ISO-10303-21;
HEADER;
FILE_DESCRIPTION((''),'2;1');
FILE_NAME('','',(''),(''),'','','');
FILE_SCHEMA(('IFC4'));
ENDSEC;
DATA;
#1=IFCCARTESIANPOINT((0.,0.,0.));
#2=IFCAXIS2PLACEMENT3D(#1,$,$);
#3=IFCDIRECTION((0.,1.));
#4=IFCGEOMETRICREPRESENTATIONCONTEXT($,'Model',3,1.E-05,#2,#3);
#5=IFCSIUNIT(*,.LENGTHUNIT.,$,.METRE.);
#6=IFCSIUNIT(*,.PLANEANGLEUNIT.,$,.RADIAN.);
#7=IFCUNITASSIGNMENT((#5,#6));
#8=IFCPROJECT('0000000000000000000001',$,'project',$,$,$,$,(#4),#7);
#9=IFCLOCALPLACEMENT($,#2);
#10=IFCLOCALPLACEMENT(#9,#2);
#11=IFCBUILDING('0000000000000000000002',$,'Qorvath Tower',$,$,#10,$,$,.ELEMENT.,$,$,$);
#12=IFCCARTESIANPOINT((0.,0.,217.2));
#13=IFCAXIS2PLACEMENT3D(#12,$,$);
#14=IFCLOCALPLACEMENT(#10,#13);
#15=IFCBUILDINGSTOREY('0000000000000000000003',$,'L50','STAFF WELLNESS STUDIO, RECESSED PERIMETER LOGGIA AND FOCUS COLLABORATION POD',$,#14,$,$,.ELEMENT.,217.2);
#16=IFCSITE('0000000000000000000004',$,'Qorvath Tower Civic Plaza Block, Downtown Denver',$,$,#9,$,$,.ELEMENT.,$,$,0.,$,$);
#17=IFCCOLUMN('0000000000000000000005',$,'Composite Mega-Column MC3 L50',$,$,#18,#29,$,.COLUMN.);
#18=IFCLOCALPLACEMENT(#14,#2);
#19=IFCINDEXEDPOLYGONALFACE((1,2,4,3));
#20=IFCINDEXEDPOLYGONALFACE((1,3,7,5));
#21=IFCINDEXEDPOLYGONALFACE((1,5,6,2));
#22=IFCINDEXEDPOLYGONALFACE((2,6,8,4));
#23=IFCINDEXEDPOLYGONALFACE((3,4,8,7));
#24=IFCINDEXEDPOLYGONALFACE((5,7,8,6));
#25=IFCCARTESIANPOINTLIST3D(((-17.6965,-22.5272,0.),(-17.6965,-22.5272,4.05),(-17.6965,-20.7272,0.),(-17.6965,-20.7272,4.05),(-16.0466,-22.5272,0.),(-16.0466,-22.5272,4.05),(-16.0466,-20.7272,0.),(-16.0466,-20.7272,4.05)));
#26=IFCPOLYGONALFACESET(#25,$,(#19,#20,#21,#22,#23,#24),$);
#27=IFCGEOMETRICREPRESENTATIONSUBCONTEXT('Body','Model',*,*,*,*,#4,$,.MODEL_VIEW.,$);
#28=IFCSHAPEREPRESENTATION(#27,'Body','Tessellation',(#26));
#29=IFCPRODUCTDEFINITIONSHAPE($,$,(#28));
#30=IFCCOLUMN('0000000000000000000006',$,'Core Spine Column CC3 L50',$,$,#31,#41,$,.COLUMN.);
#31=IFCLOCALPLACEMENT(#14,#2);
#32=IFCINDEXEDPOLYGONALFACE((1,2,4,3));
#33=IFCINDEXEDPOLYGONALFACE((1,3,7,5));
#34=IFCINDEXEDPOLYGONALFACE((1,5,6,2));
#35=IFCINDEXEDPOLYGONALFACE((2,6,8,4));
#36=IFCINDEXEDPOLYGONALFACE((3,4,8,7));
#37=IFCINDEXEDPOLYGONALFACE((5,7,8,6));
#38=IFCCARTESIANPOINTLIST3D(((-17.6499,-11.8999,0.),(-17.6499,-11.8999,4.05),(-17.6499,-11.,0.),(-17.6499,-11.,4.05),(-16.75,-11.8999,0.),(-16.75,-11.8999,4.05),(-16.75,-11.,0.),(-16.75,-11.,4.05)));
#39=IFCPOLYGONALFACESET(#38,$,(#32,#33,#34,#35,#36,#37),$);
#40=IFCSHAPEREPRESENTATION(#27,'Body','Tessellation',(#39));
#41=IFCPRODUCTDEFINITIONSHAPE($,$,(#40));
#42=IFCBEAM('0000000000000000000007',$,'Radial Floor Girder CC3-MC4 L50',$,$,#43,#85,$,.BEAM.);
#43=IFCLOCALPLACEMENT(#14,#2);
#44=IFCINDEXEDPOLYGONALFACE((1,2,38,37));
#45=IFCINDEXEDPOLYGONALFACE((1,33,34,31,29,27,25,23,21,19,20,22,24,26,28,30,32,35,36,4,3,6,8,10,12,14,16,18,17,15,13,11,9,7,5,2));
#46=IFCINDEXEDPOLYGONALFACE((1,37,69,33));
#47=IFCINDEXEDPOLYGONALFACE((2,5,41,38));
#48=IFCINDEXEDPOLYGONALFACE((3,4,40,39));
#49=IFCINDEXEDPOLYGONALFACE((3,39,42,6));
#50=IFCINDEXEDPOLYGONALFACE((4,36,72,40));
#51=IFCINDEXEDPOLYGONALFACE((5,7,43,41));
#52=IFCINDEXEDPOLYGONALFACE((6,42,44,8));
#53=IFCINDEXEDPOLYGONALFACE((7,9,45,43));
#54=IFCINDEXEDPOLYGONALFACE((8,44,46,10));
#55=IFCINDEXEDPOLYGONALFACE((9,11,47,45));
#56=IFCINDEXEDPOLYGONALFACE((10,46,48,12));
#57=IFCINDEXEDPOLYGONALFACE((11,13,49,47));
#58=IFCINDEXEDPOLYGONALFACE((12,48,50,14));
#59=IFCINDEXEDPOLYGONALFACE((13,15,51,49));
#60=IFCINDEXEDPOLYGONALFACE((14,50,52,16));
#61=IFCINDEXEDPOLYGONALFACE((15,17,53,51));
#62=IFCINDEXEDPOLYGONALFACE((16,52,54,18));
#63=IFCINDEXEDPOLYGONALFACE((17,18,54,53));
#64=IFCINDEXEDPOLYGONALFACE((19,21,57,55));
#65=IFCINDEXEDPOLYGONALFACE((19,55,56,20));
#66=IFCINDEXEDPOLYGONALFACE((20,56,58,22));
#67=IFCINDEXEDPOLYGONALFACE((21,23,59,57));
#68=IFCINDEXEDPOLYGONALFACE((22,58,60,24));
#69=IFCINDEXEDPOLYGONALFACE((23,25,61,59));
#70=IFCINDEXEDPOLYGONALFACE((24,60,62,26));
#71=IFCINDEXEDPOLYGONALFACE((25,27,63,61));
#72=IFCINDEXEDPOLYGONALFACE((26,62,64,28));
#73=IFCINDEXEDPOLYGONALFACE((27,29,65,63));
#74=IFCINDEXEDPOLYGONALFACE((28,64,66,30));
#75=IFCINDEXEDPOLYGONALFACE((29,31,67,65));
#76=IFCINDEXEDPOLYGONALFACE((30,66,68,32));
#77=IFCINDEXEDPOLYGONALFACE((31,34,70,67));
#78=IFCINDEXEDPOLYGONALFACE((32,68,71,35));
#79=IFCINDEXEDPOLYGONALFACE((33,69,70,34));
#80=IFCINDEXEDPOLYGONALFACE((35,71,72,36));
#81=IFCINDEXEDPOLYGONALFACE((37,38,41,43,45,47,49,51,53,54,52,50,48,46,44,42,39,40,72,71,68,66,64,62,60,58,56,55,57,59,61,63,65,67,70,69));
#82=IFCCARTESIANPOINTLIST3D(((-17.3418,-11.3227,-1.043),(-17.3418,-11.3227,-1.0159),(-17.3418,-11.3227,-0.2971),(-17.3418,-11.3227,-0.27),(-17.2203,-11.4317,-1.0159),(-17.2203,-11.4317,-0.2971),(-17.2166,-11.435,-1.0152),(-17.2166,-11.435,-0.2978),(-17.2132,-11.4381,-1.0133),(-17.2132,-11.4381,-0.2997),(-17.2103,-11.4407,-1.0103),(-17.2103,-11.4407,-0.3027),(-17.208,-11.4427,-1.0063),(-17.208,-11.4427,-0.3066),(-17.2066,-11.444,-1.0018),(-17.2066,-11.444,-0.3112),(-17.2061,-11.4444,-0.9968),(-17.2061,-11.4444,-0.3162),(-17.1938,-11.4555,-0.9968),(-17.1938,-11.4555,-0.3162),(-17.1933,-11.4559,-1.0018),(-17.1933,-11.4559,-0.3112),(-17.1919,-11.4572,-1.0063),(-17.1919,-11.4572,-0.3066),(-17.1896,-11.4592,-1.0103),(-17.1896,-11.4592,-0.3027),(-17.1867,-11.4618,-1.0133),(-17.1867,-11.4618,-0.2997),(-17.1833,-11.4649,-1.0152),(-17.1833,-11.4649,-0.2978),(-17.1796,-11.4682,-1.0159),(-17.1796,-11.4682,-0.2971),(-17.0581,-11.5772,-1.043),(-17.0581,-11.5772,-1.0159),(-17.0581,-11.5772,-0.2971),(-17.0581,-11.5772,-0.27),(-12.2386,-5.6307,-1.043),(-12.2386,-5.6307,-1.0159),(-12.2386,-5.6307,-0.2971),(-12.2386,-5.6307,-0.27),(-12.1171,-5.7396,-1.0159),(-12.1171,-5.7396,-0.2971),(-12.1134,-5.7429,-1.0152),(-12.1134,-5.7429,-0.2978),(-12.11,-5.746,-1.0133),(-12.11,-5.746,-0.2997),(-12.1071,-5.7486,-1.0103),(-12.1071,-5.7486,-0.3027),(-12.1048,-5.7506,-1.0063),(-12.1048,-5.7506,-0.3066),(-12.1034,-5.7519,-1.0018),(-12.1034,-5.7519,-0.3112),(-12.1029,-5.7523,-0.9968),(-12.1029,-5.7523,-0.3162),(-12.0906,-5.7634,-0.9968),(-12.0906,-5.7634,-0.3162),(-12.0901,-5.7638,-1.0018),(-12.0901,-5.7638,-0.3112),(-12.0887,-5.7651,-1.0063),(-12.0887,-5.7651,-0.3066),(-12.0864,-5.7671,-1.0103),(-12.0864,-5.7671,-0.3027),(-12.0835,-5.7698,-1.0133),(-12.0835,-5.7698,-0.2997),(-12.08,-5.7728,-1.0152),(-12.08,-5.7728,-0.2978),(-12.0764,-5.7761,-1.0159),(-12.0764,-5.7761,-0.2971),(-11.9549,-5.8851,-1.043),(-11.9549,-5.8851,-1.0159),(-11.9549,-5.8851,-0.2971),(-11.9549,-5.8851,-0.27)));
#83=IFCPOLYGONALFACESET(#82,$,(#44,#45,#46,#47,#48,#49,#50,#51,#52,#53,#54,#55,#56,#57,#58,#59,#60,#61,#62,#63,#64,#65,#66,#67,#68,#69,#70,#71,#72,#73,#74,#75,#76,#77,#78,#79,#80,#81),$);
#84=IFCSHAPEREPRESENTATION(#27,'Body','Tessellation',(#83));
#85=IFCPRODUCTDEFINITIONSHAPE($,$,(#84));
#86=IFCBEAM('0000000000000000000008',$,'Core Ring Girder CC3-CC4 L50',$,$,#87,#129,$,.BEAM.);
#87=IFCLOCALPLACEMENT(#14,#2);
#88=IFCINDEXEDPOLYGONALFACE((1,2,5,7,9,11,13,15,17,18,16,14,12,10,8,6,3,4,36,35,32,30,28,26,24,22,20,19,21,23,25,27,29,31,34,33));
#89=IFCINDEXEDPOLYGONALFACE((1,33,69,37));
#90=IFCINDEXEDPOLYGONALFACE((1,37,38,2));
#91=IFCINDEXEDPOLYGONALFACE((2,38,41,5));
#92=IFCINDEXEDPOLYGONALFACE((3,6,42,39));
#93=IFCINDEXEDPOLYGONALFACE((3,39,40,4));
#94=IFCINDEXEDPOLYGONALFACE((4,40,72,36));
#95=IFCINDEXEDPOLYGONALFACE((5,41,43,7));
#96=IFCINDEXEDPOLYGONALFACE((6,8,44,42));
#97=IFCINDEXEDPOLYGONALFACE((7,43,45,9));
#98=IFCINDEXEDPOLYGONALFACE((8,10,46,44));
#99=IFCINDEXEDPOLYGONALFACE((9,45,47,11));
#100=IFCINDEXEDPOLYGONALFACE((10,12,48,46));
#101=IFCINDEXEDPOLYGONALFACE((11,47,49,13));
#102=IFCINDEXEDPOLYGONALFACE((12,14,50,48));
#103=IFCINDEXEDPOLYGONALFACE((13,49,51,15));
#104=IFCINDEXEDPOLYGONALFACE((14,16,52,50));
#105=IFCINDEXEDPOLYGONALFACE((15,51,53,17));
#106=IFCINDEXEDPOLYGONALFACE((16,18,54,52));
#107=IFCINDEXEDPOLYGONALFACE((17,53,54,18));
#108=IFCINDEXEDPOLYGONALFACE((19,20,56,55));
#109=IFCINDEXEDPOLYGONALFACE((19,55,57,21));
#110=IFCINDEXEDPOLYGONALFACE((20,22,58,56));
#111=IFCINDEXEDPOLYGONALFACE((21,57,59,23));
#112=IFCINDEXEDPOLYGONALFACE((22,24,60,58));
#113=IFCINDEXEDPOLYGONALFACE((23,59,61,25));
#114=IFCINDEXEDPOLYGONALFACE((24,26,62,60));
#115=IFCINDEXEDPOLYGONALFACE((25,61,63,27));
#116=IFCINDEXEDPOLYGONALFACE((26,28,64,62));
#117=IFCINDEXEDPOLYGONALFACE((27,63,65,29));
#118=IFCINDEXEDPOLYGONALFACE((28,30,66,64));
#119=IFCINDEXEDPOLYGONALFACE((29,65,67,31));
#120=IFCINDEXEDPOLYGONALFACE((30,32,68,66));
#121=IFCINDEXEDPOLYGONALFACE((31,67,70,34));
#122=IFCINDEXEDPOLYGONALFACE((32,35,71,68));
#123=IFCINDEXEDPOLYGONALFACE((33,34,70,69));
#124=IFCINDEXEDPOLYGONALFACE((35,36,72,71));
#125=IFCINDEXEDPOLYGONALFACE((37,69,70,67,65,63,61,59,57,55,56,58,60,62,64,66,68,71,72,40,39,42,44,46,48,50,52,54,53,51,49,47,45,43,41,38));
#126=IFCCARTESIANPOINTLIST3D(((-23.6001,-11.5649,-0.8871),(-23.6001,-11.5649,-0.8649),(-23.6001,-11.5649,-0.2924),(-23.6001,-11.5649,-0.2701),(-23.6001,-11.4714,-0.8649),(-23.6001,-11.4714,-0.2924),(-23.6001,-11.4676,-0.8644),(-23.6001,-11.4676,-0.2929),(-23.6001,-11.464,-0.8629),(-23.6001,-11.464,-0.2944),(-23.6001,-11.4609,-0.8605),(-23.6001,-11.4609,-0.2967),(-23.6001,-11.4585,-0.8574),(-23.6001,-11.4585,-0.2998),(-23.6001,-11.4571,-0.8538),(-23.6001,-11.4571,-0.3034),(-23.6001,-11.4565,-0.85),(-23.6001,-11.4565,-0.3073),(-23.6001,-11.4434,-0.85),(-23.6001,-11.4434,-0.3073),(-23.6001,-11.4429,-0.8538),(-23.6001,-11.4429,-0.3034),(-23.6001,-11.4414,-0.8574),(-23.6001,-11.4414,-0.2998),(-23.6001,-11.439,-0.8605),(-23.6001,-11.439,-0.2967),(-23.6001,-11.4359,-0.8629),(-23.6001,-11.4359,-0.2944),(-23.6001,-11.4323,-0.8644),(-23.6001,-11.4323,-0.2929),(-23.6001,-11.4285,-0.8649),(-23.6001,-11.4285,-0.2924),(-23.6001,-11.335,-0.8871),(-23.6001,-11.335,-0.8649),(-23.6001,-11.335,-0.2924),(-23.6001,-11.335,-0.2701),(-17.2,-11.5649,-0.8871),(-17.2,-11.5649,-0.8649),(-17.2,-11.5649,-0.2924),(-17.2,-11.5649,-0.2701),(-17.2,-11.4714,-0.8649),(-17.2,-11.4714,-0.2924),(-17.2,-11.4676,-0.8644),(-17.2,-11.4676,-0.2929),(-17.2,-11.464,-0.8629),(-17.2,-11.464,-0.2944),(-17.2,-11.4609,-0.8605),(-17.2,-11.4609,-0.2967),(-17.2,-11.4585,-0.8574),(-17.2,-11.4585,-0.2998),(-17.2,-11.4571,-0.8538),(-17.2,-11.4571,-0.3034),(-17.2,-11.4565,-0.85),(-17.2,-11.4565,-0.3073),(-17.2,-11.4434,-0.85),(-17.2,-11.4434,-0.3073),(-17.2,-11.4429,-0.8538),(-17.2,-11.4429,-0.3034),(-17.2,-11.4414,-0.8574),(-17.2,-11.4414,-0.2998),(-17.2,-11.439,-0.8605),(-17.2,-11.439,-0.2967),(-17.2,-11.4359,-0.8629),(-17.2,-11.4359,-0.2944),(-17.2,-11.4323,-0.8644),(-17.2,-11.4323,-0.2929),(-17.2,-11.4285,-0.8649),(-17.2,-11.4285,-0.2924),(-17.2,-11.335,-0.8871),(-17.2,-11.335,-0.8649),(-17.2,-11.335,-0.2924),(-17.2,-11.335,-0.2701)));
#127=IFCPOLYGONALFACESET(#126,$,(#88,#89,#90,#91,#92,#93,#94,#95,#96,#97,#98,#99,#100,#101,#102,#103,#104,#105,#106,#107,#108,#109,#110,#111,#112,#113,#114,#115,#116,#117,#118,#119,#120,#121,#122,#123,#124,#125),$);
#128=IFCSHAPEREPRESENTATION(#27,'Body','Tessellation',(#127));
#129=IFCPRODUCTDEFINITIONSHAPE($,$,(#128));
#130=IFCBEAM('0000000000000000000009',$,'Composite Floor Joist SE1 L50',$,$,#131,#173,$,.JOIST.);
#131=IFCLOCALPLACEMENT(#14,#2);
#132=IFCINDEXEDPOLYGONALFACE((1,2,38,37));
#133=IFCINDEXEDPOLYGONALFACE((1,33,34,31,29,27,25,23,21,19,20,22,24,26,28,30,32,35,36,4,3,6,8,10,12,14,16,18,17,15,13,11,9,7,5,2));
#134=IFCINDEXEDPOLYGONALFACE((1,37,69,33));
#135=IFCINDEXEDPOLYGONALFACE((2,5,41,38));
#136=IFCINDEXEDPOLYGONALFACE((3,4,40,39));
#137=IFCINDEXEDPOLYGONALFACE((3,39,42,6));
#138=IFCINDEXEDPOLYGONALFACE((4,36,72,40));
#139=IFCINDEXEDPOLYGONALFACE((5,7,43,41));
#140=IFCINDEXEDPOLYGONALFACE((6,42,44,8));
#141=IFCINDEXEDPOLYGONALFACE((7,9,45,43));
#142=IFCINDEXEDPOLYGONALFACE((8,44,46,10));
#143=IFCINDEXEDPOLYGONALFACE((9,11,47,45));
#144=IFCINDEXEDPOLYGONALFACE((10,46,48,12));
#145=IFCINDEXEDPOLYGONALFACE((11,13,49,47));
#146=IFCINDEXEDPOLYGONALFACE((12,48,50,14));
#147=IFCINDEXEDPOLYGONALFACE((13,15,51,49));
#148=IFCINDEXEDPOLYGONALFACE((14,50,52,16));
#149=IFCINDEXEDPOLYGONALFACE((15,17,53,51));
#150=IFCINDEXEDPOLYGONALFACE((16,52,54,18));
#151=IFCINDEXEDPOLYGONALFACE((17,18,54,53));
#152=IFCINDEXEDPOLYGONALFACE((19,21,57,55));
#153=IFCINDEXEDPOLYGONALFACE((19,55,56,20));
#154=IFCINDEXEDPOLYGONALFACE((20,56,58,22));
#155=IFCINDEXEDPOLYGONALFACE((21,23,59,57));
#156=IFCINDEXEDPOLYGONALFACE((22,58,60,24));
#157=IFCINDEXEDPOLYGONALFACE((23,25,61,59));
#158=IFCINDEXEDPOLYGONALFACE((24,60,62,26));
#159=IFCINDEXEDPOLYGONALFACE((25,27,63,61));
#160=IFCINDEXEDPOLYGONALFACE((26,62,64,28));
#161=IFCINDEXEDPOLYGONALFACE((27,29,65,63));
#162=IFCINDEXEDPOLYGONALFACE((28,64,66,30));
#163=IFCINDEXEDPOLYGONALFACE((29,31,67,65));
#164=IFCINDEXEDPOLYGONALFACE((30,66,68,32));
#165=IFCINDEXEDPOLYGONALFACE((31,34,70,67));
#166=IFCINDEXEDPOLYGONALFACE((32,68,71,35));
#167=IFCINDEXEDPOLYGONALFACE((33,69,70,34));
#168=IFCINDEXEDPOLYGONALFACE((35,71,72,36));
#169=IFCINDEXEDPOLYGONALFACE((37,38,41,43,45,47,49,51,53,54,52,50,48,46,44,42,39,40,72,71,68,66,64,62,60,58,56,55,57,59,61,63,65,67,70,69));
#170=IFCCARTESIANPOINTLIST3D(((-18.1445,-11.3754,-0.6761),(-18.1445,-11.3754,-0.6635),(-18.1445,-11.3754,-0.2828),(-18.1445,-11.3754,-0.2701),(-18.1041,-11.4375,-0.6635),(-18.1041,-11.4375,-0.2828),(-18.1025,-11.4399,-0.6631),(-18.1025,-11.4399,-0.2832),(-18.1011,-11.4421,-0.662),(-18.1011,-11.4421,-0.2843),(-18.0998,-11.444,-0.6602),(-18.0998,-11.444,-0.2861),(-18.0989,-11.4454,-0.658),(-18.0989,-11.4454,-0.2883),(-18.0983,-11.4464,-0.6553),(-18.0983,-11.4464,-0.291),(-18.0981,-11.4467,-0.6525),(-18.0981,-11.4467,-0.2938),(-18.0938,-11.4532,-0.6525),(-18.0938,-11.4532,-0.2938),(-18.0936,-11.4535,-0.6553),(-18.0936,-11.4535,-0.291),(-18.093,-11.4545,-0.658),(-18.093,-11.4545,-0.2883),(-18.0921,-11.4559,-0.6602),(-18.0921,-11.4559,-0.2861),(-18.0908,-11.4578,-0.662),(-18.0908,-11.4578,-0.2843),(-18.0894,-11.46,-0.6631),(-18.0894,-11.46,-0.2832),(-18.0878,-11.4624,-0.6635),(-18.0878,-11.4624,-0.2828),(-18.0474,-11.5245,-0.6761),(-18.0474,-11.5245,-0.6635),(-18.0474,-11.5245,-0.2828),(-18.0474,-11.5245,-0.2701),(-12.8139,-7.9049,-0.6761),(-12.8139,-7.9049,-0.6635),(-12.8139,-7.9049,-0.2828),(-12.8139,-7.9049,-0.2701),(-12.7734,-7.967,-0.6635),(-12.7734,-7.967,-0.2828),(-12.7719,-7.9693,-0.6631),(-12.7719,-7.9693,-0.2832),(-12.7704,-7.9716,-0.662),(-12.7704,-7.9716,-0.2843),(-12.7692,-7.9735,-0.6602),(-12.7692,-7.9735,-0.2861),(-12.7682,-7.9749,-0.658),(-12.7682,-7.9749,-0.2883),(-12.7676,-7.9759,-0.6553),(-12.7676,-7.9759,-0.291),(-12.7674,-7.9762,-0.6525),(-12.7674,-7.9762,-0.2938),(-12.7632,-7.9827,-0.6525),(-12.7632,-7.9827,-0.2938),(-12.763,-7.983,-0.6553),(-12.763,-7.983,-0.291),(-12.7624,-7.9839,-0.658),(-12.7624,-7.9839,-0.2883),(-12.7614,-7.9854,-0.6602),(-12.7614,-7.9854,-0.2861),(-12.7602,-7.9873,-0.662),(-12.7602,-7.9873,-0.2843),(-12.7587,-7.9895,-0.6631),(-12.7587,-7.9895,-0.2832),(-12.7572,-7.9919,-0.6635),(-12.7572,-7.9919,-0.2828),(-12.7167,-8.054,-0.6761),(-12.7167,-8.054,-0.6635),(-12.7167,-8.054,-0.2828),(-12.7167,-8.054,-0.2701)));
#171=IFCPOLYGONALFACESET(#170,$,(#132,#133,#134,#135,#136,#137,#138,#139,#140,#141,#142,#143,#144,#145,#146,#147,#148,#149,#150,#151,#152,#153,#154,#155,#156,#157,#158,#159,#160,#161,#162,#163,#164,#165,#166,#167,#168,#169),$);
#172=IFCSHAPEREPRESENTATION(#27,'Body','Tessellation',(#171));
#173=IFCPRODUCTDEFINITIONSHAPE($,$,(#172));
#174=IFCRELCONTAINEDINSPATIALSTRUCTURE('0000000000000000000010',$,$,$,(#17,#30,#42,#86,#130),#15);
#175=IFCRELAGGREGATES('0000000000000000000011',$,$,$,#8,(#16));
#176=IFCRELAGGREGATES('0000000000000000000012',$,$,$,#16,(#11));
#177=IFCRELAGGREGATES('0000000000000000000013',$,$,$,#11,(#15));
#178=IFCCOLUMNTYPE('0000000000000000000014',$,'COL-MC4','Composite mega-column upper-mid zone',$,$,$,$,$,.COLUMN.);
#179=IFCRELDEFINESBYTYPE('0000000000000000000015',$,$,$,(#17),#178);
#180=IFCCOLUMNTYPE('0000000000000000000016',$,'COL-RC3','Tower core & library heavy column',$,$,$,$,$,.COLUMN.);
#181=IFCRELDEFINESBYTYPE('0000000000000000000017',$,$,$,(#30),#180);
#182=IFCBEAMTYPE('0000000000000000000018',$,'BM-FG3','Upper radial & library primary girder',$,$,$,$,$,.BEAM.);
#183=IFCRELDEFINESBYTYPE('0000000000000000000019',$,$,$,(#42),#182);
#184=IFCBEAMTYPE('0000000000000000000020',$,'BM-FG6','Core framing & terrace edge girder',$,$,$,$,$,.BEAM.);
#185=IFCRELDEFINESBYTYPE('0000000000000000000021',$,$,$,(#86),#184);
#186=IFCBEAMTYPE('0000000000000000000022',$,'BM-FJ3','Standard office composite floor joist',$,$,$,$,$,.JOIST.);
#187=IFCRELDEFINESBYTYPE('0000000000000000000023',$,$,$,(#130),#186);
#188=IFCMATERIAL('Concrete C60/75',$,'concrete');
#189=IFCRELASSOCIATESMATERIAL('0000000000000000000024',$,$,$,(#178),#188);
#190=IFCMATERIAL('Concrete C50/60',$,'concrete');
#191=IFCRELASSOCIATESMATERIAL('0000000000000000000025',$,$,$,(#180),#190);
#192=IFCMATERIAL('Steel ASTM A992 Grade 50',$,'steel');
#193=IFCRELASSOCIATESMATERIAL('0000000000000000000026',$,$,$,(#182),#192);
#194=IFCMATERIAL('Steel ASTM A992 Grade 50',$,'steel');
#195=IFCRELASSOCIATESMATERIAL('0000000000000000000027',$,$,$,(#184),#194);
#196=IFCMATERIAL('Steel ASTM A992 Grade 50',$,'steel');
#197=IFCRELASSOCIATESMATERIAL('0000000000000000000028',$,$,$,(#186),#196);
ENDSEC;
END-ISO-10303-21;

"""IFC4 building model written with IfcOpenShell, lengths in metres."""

from ifc_helpers import new_model, si_unit, direction, frame, origin, origin_2d, place, context, subcontext, project, spatial, rectangle, i_section, extrude, material, material_profile, profile_set, type_object, element, save


model = new_model("IFC4")

# Units and contexts
model_context = context("Model", 3, precision=1e-05, world=origin(), true_north=direction((0.0, 1.0)))
body_context = subcontext(model_context, "Body", "Model", "MODEL_VIEW")
ifc_project = project(units=[si_unit("LENGTHUNIT", "METRE"), si_unit("PLANEANGLEUNIT", "RADIAN")], contexts=[model_context])

# Site, building, storey
site_placement = place(None, origin())
site = spatial("IfcSite", under=ifc_project, at=site_placement, Name="Qorvath Tower Civic Plaza Block, Downtown Denver", CompositionType="ELEMENT", RefElevation=0.0)
building_placement = place(site_placement, origin())
building = spatial("IfcBuilding", under=site, at=building_placement, Name="Qorvath Tower", CompositionType="ELEMENT")
storey_placement = place(building_placement, frame((0.0, 0.0, 217.2)))
storey = spatial("IfcBuildingStorey", under=building, at=storey_placement, Name="L50", Description="STAFF WELLNESS STUDIO, RECESSED PERIMETER LOGGIA AND FOCUS COLLABORATION POD", CompositionType="ELEMENT", Elevation=217.2)

# Columns
ifc_material_1 = material(Name="Concrete C60/75", Category="concrete")
ifc_material_profile_1 = material_profile(ifc_material_1, rectangle(XDim=1.6499, YDim=1.8, at=origin_2d()), Name="MC 1800x1650")
ifc_profile_set_1 = profile_set([ifc_material_profile_1], Name="Concrete C60/75")
column_type_1 = type_object("IfcColumnType", Name="COL-MC4", Description="Composite mega-column upper-mid zone", PredefinedType="COLUMN", material=ifc_profile_set_1)
column_1_placement = place(storey_placement, frame((-16.8716, -21.6272, 0.0), z_axis=(0.0, 0.0, 1.0), x_axis=(1.0, 0.0, 0.0)))
element("IfcColumn", 1, at=column_1_placement, inside=storey, type_object=column_type_1, Name="Composite Mega-Column MC3 L50", PredefinedType="COLUMN", context=body_context, shape_type="SweptSolid", body=[
    extrude(rectangle(XDim=1.6499, YDim=1.8, at=origin_2d()), origin(), (0.0, 0.0, 1.0), 4.05),
])
ifc_material_2 = material(Name="Concrete C50/60", Category="concrete")
ifc_material_profile_2 = material_profile(ifc_material_2, rectangle(XDim=0.8999, YDim=0.8999, at=origin_2d()), Name="RC 900x900")
ifc_profile_set_2 = profile_set([ifc_material_profile_2], Name="Concrete C50/60")
column_type_2 = type_object("IfcColumnType", Name="COL-RC3", Description="Tower core & library heavy column", PredefinedType="COLUMN", material=ifc_profile_set_2)
column_2_placement = place(storey_placement, frame((-17.2, -11.45, 0.0), z_axis=(0.0, 0.0, 1.0), x_axis=(1.0, 0.0, 0.0)))
element("IfcColumn", 2, at=column_2_placement, inside=storey, type_object=column_type_2, Name="Core Spine Column CC3 L50", PredefinedType="COLUMN", context=body_context, shape_type="SweptSolid", body=[
    extrude(rectangle(XDim=0.8999, YDim=0.8999, at=origin_2d()), origin(), (0.0, 0.0, 1.0), 4.05),
])

# Beams
ifc_material_3 = material(Name="Steel ASTM A992 Grade 50", Category="steel")
ifc_material_profile_3 = material_profile(ifc_material_3, i_section(OverallWidth=0.3811, OverallDepth=0.7729, WebThickness=0.0166, FlangeThickness=0.0271, FilletRadius=0.019, at=origin_2d()), Name="W30x173")
ifc_profile_set_3 = profile_set([ifc_material_profile_3], Name="Steel ASTM A992 Grade 50")
beam_type_1 = type_object("IfcBeamType", Name="BM-FG3", Description="Upper radial & library primary girder", PredefinedType="BEAM", material=ifc_profile_set_3)
beam_1_placement = place(storey_placement, frame((-17.2, -11.45, -0.6565), z_axis=(0.667543, 0.744571, 0.0), x_axis=(-0.744571, 0.667543, 0.0)))
element("IfcBeam", 3, at=beam_1_placement, inside=storey, type_object=beam_type_1, Name="Radial Floor Girder CC3-MC4 L50", PredefinedType="BEAM", context=body_context, shape_type="SweptSolid", body=[
    extrude(i_section(OverallWidth=0.3811, OverallDepth=0.7729, WebThickness=0.0166, FlangeThickness=0.0271, FilletRadius=0.019, at=origin_2d()), origin(), (0.0, 0.0, 1.0), 7.6448),
])
ifc_material_4 = material(Name="Steel ASTM A992 Grade 50", Category="steel")
ifc_material_profile_4 = material_profile(ifc_material_4, i_section(OverallWidth=0.23, OverallDepth=0.6169, WebThickness=0.0132, FlangeThickness=0.0222, FilletRadius=0.0149, at=origin_2d()), Name="W24x94")
ifc_profile_set_4 = profile_set([ifc_material_profile_4], Name="Steel ASTM A992 Grade 50")
beam_type_2 = type_object("IfcBeamType", Name="BM-FG6", Description="Core framing & terrace edge girder", PredefinedType="BEAM", material=ifc_profile_set_4)
beam_2_placement = place(storey_placement, frame((-17.2, -11.45, -0.5786), z_axis=(-1.0, 0.0, 0.0), x_axis=(0.0, -1.0, 0.0)))
element("IfcBeam", 4, at=beam_2_placement, inside=storey, type_object=beam_type_2, Name="Core Ring Girder CC3-CC4 L50", PredefinedType="BEAM", context=body_context, shape_type="SweptSolid", body=[
    extrude(i_section(OverallWidth=0.23, OverallDepth=0.6169, WebThickness=0.0132, FlangeThickness=0.0222, FilletRadius=0.0149, at=origin_2d()), origin(), (0.0, 0.0, 1.0), 6.4001),
])
ifc_material_5 = material(Name="Steel ASTM A992 Grade 50", Category="steel")
ifc_material_profile_5 = material_profile(ifc_material_5, i_section(OverallWidth=0.178, OverallDepth=0.406, WebThickness=0.0078, FlangeThickness=0.0127, FilletRadius=0.011, at=origin_2d()), Name="W16x40")
ifc_profile_set_5 = profile_set([ifc_material_profile_5], Name="Steel ASTM A992 Grade 50")
beam_type_3 = type_object("IfcBeamType", Name="BM-FJ3", Description="Standard office composite floor joist", PredefinedType="JOIST", material=ifc_profile_set_5)
beam_3_placement = place(storey_placement, frame((-18.0959, -11.45, -0.4731), z_axis=(0.838042, 0.545606, 0.0), x_axis=(-0.545606, 0.838042, 0.0)))
element("IfcBeam", 5, at=beam_3_placement, inside=storey, type_object=beam_type_3, Name="Composite Floor Joist SE1 L50", PredefinedType="JOIST", context=body_context, shape_type="SweptSolid", body=[
    extrude(i_section(OverallWidth=0.178, OverallDepth=0.406, WebThickness=0.0078, FlangeThickness=0.0127, FilletRadius=0.011, at=origin_2d()), origin(), (0.0, 0.0, 1.0), 6.3608),
])

save(model, "model.ifc")
